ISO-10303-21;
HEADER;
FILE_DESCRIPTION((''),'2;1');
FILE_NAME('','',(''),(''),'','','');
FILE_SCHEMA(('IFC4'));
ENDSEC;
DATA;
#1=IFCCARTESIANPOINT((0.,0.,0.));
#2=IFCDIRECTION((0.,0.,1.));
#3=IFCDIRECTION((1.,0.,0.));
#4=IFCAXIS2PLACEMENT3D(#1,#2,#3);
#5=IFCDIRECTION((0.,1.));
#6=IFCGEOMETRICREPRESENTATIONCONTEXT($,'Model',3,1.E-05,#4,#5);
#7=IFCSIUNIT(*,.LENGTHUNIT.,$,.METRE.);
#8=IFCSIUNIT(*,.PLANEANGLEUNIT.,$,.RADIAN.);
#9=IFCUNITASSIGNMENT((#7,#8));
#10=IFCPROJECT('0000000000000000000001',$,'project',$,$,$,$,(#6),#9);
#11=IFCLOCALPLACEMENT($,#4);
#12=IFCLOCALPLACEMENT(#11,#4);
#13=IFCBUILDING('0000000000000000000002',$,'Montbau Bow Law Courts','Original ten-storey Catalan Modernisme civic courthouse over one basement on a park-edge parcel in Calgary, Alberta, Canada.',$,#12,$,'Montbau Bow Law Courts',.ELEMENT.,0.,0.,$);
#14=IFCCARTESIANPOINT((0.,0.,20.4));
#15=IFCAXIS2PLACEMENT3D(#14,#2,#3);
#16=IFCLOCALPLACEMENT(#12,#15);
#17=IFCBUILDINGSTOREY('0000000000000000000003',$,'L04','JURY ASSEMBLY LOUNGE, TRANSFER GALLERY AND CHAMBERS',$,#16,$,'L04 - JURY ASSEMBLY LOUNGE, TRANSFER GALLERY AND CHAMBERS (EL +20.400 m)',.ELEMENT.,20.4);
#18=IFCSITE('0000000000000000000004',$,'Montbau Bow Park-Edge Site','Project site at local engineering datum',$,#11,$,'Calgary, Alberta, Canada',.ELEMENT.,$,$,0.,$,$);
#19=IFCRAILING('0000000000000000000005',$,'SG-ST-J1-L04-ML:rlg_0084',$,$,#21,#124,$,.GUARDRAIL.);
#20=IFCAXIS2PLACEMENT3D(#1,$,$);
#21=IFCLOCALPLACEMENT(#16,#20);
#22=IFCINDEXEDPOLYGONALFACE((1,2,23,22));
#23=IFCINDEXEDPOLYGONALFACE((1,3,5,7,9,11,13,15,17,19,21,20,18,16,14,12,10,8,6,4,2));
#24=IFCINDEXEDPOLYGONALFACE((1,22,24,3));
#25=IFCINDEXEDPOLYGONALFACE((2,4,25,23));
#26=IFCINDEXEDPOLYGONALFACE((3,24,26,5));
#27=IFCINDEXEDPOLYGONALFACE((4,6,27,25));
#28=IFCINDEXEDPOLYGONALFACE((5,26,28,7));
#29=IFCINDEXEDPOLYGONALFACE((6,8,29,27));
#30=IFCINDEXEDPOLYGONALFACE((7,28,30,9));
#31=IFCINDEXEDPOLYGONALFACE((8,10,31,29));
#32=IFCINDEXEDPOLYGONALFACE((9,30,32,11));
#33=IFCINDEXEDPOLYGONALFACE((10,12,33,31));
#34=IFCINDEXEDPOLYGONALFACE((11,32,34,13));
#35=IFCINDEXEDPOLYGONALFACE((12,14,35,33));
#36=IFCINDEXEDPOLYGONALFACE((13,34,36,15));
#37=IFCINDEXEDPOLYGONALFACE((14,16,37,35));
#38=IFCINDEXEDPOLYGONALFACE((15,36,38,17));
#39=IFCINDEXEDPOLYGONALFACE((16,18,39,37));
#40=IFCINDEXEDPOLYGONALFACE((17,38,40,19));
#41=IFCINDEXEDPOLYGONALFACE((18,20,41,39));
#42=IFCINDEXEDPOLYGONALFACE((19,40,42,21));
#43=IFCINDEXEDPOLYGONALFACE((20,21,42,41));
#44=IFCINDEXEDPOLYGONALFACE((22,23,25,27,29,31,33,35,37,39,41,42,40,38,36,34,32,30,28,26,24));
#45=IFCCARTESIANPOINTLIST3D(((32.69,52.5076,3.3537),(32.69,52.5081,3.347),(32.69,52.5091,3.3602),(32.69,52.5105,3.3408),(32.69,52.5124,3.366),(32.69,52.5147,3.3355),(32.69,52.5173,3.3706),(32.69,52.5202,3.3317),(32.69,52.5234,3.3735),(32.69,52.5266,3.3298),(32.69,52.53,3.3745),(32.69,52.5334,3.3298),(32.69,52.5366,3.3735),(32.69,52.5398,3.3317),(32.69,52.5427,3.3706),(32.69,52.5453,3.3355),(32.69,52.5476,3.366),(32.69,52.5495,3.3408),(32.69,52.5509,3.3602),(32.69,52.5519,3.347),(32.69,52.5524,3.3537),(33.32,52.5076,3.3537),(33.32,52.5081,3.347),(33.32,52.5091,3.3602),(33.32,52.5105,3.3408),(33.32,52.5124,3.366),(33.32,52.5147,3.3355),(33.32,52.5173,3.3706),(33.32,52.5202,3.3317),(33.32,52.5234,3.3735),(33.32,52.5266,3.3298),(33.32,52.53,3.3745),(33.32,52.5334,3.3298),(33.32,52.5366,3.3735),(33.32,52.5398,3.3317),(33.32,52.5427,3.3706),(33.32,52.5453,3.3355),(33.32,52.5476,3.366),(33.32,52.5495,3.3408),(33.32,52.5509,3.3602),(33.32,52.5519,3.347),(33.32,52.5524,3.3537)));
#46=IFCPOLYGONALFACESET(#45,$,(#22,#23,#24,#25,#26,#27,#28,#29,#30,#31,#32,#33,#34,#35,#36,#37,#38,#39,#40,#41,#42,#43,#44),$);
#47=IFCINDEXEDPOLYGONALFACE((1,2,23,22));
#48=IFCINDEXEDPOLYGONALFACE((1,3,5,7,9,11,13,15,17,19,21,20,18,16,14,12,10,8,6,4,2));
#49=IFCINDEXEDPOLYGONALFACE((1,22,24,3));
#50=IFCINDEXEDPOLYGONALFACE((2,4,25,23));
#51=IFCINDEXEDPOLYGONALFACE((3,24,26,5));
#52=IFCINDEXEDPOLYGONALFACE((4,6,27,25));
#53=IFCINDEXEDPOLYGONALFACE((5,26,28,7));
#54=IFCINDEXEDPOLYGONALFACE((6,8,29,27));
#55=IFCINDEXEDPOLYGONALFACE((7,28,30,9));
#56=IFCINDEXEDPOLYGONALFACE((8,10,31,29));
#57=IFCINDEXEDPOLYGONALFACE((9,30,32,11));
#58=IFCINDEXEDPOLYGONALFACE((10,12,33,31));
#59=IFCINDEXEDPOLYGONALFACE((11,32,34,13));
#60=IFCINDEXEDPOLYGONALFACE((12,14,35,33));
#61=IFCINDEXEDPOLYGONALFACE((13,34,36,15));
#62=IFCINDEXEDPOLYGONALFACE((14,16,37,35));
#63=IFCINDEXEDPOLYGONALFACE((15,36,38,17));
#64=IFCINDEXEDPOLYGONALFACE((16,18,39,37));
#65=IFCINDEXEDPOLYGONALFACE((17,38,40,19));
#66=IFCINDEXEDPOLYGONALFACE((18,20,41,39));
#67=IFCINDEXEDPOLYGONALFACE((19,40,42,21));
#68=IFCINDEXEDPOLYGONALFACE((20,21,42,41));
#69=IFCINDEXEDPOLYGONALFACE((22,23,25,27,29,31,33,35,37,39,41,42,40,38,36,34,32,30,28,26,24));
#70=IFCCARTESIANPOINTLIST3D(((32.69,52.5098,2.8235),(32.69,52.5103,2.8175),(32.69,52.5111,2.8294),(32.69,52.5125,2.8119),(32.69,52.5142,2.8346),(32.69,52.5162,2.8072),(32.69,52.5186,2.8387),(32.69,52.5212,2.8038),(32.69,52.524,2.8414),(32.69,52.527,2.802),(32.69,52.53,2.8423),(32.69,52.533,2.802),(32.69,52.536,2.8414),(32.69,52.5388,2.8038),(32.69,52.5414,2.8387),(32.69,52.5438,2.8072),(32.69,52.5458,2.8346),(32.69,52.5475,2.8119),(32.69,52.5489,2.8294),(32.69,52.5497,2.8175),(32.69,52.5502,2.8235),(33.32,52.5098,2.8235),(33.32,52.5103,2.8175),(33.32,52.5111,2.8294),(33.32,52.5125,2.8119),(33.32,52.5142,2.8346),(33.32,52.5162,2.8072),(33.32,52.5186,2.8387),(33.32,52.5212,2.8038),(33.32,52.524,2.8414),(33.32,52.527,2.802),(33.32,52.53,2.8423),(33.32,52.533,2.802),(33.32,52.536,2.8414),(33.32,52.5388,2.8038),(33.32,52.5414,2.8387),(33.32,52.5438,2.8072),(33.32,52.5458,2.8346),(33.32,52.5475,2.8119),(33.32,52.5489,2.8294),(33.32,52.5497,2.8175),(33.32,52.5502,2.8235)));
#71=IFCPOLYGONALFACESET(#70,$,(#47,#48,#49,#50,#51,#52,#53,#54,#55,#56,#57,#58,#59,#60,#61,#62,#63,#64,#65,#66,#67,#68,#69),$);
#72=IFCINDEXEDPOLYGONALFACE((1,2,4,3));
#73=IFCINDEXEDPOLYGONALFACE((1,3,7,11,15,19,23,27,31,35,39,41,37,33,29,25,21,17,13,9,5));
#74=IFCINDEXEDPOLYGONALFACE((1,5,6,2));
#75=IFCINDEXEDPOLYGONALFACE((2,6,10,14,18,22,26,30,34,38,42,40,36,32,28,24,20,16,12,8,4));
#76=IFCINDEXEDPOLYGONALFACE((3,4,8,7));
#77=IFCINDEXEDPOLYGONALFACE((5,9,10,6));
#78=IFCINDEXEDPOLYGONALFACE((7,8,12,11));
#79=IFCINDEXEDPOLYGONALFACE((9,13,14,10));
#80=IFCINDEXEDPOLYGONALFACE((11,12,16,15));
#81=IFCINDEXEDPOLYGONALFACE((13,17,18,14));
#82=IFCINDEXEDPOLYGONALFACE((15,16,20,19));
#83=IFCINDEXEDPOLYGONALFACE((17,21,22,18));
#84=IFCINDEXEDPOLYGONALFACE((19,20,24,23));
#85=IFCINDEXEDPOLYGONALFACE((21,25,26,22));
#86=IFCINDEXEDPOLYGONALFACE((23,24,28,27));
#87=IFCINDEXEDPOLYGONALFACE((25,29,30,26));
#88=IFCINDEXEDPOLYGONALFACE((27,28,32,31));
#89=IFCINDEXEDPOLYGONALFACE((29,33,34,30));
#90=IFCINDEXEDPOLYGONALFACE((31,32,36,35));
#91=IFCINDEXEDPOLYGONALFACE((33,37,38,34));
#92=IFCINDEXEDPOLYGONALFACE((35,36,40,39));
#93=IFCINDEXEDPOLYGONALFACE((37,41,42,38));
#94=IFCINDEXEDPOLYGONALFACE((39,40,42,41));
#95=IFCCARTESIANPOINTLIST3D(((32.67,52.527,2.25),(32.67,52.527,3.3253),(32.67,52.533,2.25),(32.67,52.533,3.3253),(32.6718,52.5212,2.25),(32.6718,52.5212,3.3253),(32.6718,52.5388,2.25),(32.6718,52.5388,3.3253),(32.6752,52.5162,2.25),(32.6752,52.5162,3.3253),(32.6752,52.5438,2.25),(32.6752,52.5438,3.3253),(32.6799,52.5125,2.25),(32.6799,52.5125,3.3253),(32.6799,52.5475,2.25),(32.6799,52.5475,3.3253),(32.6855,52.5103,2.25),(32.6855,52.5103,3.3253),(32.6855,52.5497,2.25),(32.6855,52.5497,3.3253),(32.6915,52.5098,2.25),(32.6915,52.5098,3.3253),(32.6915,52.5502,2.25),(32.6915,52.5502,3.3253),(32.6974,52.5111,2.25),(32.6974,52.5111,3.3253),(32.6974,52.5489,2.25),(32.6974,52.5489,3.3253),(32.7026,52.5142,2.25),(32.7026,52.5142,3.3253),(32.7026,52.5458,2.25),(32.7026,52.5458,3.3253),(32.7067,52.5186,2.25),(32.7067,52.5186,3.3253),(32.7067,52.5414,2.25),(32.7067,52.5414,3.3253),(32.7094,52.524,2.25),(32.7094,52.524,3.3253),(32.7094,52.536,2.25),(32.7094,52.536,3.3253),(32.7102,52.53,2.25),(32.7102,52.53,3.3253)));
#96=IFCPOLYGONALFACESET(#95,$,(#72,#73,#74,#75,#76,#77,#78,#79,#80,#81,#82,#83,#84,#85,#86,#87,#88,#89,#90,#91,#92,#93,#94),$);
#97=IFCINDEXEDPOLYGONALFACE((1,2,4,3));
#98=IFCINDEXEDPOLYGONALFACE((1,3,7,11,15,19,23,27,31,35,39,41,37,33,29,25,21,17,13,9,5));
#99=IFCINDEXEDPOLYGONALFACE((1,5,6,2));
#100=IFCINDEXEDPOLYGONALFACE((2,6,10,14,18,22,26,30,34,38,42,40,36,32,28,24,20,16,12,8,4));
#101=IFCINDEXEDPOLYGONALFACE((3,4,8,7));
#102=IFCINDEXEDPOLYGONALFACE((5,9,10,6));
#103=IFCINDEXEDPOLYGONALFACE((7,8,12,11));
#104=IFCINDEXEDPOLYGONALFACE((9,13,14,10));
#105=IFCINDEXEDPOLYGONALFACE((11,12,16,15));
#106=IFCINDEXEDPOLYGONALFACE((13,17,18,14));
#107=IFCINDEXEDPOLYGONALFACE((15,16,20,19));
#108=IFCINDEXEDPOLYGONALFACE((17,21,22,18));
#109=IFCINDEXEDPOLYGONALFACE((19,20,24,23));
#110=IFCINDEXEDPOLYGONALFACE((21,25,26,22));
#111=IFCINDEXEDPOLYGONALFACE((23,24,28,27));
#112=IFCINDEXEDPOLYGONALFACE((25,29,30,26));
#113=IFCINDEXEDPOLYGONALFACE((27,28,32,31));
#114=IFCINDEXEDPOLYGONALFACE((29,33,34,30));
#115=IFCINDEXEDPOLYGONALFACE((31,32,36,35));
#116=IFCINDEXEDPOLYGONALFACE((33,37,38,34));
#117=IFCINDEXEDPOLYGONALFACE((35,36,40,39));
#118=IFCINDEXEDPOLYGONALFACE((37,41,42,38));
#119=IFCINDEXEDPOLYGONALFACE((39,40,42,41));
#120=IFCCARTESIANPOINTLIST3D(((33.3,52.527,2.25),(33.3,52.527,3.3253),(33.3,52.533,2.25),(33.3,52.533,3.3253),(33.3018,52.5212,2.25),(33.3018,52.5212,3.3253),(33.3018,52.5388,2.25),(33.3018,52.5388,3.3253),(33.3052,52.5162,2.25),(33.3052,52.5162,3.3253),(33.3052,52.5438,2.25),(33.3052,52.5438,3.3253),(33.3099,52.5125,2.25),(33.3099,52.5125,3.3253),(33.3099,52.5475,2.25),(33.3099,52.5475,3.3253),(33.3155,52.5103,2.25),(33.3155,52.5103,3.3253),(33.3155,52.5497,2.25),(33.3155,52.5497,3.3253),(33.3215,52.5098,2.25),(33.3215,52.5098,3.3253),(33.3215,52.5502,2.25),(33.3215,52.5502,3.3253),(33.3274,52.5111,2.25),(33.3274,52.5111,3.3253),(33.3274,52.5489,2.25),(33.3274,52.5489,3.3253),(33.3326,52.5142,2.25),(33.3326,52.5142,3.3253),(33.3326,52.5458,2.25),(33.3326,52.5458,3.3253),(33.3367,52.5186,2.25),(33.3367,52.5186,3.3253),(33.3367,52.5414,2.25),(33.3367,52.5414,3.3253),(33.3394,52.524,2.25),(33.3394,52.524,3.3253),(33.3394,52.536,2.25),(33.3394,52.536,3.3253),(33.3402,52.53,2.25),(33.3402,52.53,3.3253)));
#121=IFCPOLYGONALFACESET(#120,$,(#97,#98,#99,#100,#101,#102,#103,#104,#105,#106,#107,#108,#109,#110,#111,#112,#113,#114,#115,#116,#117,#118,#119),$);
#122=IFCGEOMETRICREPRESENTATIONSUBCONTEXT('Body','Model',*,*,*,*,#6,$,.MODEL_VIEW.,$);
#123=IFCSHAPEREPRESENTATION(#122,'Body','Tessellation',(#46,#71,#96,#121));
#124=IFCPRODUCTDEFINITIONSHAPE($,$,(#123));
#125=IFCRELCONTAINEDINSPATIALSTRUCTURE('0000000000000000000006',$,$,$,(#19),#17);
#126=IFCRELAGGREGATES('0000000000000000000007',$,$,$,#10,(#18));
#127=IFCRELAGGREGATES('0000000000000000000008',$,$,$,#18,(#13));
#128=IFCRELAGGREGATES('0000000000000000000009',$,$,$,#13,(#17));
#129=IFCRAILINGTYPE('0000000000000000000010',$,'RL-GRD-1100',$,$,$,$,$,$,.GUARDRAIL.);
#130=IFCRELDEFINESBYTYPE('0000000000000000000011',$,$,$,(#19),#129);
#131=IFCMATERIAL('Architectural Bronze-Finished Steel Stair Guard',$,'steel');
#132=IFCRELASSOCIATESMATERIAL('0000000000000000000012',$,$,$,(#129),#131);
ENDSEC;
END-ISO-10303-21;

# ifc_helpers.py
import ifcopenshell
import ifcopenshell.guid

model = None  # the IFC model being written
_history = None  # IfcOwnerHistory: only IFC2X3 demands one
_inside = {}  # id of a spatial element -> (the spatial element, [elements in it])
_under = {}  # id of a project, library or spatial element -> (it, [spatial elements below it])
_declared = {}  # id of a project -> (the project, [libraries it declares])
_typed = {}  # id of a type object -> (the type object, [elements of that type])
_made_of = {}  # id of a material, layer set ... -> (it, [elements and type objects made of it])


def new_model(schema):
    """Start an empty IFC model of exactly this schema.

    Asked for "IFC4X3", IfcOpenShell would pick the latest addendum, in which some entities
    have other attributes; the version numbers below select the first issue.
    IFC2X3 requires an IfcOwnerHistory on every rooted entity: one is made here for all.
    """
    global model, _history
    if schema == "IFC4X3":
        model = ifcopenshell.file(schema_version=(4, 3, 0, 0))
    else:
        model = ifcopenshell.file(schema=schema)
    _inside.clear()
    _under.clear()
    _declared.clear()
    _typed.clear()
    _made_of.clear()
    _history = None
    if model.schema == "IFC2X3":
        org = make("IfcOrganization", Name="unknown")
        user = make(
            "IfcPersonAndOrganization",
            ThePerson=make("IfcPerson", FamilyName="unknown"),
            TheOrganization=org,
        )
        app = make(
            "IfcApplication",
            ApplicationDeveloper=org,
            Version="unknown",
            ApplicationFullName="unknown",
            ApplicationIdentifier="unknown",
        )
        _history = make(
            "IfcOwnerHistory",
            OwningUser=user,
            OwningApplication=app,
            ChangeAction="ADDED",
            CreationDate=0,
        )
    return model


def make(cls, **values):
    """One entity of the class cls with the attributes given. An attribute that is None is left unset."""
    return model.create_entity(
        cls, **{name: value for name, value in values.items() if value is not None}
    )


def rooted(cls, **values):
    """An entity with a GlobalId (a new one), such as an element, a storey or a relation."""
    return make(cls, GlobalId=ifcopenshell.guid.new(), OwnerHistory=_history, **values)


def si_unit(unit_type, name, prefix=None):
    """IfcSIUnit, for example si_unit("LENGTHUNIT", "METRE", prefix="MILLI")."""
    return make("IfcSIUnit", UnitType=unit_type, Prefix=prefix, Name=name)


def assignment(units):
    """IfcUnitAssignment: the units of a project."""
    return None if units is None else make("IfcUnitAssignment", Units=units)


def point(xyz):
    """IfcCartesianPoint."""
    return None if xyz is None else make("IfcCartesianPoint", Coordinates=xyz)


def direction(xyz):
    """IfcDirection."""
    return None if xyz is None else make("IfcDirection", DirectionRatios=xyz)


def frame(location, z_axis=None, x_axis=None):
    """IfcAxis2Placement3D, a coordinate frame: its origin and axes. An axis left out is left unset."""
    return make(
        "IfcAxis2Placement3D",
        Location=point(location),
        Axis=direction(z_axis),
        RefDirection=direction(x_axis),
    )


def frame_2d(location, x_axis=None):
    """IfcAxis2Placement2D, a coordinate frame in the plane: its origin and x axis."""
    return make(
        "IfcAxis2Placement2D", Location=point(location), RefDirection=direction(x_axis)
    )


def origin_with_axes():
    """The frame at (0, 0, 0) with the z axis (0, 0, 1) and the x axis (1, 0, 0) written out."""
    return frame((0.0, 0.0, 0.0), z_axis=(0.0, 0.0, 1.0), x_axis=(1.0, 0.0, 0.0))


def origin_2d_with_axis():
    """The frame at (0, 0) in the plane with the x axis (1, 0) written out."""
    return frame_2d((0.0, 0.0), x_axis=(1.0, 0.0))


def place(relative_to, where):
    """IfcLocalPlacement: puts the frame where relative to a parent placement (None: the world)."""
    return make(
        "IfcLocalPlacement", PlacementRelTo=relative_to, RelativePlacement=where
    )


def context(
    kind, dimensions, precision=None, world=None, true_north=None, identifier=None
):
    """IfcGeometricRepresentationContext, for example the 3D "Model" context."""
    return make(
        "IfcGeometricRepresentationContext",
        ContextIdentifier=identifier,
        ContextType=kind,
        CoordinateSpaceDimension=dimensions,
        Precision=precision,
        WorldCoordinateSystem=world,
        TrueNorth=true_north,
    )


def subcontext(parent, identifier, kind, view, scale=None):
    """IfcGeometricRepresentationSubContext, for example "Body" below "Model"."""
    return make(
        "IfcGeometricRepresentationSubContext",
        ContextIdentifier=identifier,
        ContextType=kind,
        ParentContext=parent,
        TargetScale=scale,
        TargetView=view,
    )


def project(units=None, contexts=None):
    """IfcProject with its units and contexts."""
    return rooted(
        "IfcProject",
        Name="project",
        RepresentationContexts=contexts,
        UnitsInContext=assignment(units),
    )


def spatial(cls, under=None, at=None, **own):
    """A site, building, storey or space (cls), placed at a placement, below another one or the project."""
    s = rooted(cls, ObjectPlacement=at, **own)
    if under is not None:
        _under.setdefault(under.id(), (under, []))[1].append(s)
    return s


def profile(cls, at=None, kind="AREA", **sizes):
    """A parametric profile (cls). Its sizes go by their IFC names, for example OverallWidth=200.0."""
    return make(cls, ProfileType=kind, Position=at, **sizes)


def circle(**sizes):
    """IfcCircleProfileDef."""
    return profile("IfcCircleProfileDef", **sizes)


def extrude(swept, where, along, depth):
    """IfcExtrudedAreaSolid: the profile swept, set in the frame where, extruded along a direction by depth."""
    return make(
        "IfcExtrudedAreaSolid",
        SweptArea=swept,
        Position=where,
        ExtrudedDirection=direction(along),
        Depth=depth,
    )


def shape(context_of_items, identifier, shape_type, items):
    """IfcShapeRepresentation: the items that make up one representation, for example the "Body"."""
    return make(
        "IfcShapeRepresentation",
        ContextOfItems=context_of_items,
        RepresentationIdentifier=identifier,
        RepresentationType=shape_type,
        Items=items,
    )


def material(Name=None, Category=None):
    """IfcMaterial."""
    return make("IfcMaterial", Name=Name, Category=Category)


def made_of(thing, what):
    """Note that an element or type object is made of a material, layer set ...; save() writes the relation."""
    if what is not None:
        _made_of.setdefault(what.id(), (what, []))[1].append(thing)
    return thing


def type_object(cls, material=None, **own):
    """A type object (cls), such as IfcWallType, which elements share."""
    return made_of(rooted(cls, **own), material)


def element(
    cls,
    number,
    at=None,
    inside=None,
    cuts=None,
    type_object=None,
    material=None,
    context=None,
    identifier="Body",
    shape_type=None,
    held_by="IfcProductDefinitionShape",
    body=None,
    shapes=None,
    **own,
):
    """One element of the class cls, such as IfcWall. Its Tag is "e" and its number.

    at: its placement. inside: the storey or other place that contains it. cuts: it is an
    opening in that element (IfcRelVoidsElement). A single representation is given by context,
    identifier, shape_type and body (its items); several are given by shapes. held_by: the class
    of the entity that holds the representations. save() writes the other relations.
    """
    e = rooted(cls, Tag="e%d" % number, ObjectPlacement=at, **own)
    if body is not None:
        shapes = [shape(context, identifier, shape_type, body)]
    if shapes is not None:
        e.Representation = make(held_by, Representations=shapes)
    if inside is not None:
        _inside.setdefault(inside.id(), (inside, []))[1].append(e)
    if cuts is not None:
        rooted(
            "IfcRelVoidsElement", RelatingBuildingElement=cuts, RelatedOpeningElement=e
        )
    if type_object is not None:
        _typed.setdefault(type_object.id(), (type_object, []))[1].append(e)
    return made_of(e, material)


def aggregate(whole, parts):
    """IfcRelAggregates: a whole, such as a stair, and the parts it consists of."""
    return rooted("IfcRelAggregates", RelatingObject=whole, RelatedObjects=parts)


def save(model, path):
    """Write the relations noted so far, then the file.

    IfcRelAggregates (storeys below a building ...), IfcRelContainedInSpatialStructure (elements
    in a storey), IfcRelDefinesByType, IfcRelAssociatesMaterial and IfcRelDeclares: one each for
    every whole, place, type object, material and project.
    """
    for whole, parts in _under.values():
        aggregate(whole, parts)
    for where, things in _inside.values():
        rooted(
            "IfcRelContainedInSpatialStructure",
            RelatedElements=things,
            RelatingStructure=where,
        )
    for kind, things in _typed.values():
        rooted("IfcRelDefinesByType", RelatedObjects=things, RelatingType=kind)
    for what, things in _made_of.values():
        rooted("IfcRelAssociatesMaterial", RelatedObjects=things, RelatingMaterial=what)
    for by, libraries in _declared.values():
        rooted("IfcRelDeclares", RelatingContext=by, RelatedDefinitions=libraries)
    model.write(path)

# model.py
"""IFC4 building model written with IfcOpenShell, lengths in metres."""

from ifc_helpers import new_model, si_unit, direction, frame, origin_with_axes, origin_2d_with_axis, place, context, subcontext, project, spatial, circle, extrude, material, type_object, element, save


model = new_model("IFC4")

# Units and contexts
model_context = context("Model", 3, precision=1e-05, world=origin_with_axes(), true_north=direction((0.0, 1.0)))
body_context = subcontext(model_context, "Body", "Model", "MODEL_VIEW")
ifc_project = project(units=[si_unit("LENGTHUNIT", "METRE"), si_unit("PLANEANGLEUNIT", "RADIAN")], contexts=[model_context])

# Site, building, storey
site_placement = place(None, origin_with_axes())
site = spatial("IfcSite", under=ifc_project, at=site_placement, Name="Montbau Bow Park-Edge Site", Description="Project site at local engineering datum", LongName="Calgary, Alberta, Canada", CompositionType="ELEMENT", RefElevation=0.0)
building_placement = place(site_placement, origin_with_axes())
building = spatial("IfcBuilding", under=site, at=building_placement, Name="Montbau Bow Law Courts", Description="Original ten-storey Catalan Modernisme civic courthouse over one basement on a park-edge parcel in Calgary, Alberta, Canada.", LongName="Montbau Bow Law Courts", CompositionType="ELEMENT", ElevationOfRefHeight=0.0, ElevationOfTerrain=0.0)
storey_placement = place(building_placement, frame((0.0, 0.0, 20.4), z_axis=(0.0, 0.0, 1.0), x_axis=(1.0, 0.0, 0.0)))
storey = spatial("IfcBuildingStorey", under=building, at=storey_placement, Name="L04", Description="JURY ASSEMBLY LOUNGE, TRANSFER GALLERY AND CHAMBERS", LongName="L04 - JURY ASSEMBLY LOUNGE, TRANSFER GALLERY AND CHAMBERS (EL +20.400 m)", CompositionType="ELEMENT", Elevation=20.4)

# Railing
ifc_material_1 = material(Name="Architectural Bronze-Finished Steel Stair Guard", Category="steel")
railing_type_1 = type_object("IfcRailingType", Name="RL-GRD-1100", PredefinedType="GUARDRAIL", material=ifc_material_1)
railing_1_placement = place(None, origin_with_axes())
element("IfcRailing", 1, at=railing_1_placement, inside=storey, type_object=railing_type_1, Name="SG-ST-J1-L04-ML:rlg_0084", PredefinedType="GUARDRAIL", context=body_context, shape_type="SweptSolid", body=[
    extrude(circle(Radius=0.0225, at=origin_2d_with_axis()), frame((32.69, 52.53, 23.752), z_axis=(1.0, 0.0, 0.0), x_axis=(0.0, 0.0, 1.0)), (0.0, 0.0, 1.0), 0.63),
    extrude(circle(Radius=0.0203, at=origin_2d_with_axis()), frame((32.69, 52.53, 23.222), z_axis=(1.0, 0.0, 0.0), x_axis=(0.0, 0.0, 1.0)), (0.0, 0.0, 1.0), 0.63),
    extrude(circle(Radius=0.0203, at=origin_2d_with_axis()), frame((32.69, 52.53, 22.65), z_axis=(0.0, 0.0, 1.0), x_axis=(1.0, 0.0, 0.0)), (0.0, 0.0, 1.0), 1.0753),
    extrude(circle(Radius=0.0203, at=origin_2d_with_axis()), frame((33.32, 52.53, 22.65), z_axis=(0.0, 0.0, 1.0), x_axis=(1.0, 0.0, 0.0)), (0.0, 0.0, 1.0), 1.0753),
])

save(model, "model.ifc")
